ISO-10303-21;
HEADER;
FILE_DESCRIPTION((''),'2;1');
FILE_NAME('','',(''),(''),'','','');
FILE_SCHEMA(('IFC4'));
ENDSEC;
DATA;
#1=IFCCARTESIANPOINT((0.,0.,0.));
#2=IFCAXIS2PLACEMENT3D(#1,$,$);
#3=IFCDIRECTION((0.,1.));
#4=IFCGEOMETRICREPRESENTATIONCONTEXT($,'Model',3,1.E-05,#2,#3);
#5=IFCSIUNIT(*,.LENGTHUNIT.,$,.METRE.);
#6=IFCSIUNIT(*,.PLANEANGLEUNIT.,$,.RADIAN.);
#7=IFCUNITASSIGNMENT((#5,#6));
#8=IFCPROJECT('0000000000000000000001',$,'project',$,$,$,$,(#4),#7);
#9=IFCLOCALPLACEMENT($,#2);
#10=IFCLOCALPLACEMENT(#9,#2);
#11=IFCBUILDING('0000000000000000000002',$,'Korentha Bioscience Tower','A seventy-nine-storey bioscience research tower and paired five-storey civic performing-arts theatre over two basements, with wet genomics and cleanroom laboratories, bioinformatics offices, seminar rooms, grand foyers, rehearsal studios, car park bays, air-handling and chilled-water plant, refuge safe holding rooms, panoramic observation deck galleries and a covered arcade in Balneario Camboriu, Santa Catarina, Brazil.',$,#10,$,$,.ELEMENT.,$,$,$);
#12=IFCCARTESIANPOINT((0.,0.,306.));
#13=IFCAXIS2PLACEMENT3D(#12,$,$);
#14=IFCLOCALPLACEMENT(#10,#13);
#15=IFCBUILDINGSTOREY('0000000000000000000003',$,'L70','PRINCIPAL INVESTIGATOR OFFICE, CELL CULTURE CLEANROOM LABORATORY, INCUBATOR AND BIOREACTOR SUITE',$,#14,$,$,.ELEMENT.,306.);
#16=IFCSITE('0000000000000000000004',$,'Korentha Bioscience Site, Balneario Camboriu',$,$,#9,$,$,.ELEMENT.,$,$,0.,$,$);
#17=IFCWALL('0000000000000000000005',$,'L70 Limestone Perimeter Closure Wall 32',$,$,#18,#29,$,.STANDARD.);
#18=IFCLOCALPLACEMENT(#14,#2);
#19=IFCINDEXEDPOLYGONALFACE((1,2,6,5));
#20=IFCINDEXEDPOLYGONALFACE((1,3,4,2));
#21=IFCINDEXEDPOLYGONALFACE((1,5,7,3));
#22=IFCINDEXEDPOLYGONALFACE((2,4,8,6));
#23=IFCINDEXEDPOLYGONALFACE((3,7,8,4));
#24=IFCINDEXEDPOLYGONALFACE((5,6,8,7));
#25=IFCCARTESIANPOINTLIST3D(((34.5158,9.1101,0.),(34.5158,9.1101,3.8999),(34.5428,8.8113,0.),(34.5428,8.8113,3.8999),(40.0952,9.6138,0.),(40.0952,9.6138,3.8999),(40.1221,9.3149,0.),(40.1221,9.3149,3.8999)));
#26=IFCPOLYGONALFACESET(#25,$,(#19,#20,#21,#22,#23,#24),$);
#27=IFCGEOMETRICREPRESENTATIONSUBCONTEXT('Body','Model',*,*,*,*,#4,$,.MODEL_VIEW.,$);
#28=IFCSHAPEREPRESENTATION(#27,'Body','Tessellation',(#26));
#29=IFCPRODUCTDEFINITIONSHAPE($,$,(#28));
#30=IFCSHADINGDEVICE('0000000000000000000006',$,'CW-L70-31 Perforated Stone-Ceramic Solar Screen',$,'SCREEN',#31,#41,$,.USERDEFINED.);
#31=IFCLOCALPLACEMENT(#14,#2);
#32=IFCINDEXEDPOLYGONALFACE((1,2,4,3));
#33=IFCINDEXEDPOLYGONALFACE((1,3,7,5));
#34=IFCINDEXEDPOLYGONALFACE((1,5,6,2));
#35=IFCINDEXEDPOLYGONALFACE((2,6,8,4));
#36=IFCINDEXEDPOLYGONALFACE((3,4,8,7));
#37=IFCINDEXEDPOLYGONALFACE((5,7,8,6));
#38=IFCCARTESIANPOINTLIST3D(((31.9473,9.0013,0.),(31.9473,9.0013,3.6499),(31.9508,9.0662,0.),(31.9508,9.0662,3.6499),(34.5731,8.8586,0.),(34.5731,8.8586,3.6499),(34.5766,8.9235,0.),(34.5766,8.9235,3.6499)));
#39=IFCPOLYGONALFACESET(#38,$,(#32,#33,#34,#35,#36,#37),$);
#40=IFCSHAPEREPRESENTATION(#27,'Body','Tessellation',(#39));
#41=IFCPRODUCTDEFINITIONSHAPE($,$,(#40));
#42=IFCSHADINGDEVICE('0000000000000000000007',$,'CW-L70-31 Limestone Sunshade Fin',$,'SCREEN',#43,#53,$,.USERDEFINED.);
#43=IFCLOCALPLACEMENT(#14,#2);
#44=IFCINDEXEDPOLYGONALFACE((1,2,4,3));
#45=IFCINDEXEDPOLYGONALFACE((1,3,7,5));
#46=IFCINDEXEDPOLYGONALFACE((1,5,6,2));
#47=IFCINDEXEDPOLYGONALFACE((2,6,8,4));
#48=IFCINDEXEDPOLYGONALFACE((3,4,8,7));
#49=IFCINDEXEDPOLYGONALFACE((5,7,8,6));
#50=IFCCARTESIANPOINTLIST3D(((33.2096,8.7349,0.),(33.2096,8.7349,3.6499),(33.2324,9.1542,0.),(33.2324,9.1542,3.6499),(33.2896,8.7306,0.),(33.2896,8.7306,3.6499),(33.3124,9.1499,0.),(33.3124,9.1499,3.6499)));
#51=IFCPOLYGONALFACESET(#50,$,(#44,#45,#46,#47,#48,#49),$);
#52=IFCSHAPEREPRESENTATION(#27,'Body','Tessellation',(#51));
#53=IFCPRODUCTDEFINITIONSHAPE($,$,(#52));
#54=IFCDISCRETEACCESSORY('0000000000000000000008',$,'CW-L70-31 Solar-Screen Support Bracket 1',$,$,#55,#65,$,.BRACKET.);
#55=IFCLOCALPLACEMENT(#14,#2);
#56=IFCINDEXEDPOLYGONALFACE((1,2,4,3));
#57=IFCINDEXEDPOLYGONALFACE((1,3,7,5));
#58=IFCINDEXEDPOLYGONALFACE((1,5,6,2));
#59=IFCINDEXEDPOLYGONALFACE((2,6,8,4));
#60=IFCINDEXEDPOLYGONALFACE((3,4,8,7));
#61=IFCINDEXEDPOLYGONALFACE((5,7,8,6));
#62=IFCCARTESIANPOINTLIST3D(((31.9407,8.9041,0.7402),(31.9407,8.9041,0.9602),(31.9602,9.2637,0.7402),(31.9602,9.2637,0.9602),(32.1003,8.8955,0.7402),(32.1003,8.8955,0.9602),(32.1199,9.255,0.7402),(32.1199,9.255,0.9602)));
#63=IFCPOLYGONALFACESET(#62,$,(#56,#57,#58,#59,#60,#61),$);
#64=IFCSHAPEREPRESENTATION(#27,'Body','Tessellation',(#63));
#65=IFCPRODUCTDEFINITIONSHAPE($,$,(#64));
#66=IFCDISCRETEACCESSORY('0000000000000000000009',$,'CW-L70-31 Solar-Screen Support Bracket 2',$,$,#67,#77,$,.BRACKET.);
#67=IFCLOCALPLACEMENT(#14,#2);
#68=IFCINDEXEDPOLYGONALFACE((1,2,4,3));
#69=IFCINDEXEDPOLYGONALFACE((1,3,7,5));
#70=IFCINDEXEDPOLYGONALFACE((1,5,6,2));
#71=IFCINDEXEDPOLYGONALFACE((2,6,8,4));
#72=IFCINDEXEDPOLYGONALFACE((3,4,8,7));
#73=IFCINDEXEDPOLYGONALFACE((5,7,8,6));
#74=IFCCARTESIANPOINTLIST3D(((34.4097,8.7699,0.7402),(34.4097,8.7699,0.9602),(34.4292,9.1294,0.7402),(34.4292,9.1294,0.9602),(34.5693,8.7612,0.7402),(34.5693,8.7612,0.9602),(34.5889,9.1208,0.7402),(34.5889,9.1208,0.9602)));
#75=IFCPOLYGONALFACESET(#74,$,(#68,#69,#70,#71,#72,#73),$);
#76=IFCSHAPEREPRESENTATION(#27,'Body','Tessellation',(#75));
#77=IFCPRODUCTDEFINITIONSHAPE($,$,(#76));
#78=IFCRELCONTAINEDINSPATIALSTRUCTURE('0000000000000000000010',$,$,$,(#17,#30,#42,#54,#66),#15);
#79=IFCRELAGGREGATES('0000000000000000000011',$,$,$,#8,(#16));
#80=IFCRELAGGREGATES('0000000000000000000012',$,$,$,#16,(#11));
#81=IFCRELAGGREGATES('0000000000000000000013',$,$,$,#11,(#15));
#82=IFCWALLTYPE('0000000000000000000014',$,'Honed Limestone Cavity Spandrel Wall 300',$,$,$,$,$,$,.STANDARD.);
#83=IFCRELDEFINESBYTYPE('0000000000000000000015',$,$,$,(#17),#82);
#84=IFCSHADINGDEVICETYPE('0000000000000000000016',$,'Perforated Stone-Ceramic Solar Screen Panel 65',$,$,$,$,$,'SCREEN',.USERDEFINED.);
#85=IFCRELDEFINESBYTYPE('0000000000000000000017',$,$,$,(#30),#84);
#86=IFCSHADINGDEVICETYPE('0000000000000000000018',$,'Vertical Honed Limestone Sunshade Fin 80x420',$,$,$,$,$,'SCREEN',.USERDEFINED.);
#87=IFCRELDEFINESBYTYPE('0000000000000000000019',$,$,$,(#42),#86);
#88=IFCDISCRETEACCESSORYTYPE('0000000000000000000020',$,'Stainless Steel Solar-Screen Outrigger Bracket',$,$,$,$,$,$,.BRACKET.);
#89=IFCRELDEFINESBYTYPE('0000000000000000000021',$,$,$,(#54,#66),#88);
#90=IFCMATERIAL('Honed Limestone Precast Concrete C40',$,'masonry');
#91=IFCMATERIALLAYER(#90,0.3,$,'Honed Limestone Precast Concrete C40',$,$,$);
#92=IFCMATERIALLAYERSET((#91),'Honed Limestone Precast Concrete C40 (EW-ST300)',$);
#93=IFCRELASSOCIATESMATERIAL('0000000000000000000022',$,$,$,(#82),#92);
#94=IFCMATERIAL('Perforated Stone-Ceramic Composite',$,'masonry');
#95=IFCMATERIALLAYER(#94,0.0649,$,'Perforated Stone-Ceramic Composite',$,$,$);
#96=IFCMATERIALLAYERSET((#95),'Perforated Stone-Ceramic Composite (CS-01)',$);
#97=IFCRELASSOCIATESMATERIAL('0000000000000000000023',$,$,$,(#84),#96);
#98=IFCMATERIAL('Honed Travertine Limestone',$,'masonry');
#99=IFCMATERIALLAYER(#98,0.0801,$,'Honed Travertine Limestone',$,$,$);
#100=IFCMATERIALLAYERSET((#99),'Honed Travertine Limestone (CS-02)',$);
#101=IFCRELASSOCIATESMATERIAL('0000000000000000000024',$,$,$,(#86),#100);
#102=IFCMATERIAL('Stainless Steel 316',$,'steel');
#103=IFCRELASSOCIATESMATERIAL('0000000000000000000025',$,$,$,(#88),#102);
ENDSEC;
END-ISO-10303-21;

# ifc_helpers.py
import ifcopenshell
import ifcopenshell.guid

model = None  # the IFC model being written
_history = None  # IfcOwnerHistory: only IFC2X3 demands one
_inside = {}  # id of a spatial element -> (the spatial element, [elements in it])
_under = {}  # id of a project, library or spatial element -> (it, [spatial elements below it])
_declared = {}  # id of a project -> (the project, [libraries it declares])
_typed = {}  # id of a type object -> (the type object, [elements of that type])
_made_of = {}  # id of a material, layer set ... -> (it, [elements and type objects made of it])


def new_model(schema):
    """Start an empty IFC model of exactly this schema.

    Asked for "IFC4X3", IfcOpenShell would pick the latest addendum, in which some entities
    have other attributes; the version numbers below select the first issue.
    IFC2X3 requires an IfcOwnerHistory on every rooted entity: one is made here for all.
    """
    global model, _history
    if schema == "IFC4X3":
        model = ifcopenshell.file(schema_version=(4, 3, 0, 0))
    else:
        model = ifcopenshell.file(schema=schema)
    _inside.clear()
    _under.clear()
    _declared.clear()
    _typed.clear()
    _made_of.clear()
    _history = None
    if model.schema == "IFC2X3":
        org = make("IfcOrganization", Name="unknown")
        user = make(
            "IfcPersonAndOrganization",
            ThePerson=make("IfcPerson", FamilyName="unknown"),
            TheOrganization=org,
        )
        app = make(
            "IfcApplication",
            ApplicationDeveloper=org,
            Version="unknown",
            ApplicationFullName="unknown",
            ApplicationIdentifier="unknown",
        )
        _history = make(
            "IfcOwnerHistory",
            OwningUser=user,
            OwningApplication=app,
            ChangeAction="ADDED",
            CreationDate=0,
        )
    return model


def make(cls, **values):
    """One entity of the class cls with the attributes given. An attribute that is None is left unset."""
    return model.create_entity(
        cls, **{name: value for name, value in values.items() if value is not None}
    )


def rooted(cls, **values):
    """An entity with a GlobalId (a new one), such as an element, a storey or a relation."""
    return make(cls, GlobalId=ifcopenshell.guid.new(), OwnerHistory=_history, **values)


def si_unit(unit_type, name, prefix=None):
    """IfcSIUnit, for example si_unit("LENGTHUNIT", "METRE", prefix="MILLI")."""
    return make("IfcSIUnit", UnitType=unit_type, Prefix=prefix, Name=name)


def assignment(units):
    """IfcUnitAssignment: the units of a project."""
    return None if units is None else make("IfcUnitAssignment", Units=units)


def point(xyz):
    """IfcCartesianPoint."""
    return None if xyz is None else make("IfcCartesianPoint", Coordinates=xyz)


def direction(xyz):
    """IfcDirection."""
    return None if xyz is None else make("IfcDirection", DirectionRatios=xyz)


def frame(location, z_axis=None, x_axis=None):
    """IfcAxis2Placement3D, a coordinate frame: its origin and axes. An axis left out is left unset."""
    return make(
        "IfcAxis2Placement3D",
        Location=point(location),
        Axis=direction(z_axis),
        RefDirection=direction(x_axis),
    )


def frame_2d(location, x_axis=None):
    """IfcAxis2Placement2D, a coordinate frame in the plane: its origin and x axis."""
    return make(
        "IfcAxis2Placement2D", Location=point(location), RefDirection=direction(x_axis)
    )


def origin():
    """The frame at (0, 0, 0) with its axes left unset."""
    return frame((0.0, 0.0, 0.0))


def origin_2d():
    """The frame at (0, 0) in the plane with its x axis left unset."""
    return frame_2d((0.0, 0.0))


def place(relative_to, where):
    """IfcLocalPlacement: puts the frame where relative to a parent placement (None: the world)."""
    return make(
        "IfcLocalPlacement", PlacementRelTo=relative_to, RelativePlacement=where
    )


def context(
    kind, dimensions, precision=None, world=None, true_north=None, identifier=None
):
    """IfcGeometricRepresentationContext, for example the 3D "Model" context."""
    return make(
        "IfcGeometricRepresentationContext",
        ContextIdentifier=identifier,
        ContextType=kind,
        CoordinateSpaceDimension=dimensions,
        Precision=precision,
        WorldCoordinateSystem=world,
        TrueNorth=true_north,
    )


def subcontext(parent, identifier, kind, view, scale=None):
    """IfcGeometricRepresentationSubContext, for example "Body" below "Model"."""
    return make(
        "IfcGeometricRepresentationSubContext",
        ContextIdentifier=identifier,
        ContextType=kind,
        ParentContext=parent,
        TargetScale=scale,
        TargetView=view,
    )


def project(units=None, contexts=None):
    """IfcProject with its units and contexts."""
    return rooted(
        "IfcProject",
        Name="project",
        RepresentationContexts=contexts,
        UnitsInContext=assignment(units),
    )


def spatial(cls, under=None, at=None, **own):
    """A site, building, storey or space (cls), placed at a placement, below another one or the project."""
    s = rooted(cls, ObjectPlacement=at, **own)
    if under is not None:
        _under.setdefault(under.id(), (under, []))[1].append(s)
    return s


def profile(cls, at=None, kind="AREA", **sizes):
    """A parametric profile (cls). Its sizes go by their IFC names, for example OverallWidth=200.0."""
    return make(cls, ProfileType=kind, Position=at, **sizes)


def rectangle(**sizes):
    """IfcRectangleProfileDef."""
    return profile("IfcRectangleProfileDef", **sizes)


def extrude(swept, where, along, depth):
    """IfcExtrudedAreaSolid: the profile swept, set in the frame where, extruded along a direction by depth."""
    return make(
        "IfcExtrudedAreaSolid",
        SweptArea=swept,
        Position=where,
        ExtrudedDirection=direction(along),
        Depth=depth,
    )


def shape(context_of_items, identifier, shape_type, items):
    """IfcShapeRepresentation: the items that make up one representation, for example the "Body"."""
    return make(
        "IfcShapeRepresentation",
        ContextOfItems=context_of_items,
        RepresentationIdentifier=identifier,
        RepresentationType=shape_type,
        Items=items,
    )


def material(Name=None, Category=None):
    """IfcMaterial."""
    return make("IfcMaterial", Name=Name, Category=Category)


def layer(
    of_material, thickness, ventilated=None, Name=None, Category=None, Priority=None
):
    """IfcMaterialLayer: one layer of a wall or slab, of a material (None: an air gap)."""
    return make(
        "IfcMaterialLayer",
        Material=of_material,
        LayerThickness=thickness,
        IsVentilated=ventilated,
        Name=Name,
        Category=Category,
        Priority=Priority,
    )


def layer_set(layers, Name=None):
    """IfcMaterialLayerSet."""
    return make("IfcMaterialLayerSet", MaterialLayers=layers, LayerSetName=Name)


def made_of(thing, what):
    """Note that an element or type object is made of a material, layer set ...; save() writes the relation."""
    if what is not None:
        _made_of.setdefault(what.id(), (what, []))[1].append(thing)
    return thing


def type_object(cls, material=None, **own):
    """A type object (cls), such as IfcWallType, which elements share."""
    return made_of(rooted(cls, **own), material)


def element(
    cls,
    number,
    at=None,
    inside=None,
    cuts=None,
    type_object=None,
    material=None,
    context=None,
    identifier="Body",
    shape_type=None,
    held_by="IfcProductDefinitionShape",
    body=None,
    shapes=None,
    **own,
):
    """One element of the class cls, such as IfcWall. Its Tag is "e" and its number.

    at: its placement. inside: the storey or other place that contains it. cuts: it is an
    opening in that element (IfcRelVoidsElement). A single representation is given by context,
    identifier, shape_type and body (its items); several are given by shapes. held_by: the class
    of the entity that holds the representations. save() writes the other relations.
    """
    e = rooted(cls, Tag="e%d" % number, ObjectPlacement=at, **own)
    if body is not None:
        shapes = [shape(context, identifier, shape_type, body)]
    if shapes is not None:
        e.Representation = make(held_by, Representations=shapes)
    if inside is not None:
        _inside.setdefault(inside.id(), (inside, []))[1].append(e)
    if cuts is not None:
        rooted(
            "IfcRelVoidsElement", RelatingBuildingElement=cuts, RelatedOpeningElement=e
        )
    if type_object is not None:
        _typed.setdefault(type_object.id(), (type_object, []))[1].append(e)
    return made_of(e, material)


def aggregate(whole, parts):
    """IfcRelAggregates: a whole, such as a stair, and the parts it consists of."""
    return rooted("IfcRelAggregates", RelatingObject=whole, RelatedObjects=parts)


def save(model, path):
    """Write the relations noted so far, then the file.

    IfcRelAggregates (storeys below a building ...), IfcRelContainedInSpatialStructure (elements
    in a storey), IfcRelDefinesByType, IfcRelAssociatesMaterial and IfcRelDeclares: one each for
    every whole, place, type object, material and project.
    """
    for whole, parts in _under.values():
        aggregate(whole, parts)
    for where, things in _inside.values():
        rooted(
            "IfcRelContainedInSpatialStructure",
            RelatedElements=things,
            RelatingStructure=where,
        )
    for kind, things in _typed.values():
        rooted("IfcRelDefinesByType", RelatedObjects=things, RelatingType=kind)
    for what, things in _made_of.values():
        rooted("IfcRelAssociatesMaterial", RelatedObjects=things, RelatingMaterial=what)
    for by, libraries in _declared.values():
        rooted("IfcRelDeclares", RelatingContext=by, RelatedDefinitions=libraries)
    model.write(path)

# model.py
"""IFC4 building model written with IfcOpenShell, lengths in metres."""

from ifc_helpers import new_model, si_unit, direction, frame, frame_2d, origin, origin_2d, place, context, subcontext, project, spatial, rectangle, extrude, material, layer, layer_set, type_object, element, save


model = new_model("IFC4")

# Units and contexts
model_context = context("Model", 3, precision=1e-05, world=origin(), true_north=direction((0.0, 1.0)))
body_context = subcontext(model_context, "Body", "Model", "MODEL_VIEW")
ifc_project = project(units=[si_unit("LENGTHUNIT", "METRE"), si_unit("PLANEANGLEUNIT", "RADIAN")], contexts=[model_context])

# Site, building, storey
site_placement = place(None, origin())
site = spatial("IfcSite", under=ifc_project, at=site_placement, Name="Korentha Bioscience Site, Balneario Camboriu", CompositionType="ELEMENT", RefElevation=0.0)
building_placement = place(site_placement, origin())
building = spatial("IfcBuilding", under=site, at=building_placement, Name="Korentha Bioscience Tower", Description="A seventy-nine-storey bioscience research tower and paired five-storey civic performing-arts theatre over two basements, with wet genomics and cleanroom laboratories, bioinformatics offices, seminar rooms, grand foyers, rehearsal studios, car park bays, air-handling and chilled-water plant, refuge safe holding rooms, panoramic observation deck galleries and a covered arcade in Balneario Camboriu, Santa Catarina, Brazil.", CompositionType="ELEMENT")
storey_placement = place(building_placement, frame((0.0, 0.0, 306.0)))
storey = spatial("IfcBuildingStorey", under=building, at=storey_placement, Name="L70", Description="PRINCIPAL INVESTIGATOR OFFICE, CELL CULTURE CLEANROOM LABORATORY, INCUBATOR AND BIOREACTOR SUITE", CompositionType="ELEMENT", Elevation=306.0)

# Wall
ifc_material_1 = material(Name="Honed Limestone Precast Concrete C40", Category="masonry")
ifc_layer_1 = layer(ifc_material_1, 0.3, Name="Honed Limestone Precast Concrete C40")
ifc_layer_set_1 = layer_set([ifc_layer_1], Name="Honed Limestone Precast Concrete C40 (EW-ST300)")
wall_type_1 = type_object("IfcWallType", Name="Honed Limestone Cavity Spandrel Wall 300", PredefinedType="STANDARD", material=ifc_layer_set_1)
wall_1_placement = place(storey_placement, frame((34.5293, 8.9607, 0.0), z_axis=(0.0, 0.0, 1.0), x_axis=(0.99595, 0.089907, 0.0)))
element("IfcWall", 1, at=wall_1_placement, inside=storey, type_object=wall_type_1, Name="L70 Limestone Perimeter Closure Wall 32", PredefinedType="STANDARD", context=body_context, shape_type="SweptSolid", body=[
    extrude(rectangle(XDim=5.6021, YDim=0.3, at=frame_2d((2.801, 0.0))), origin(), (0.0, 0.0, 1.0), 3.8999),
])

# Shading devices
ifc_material_2 = material(Name="Perforated Stone-Ceramic Composite", Category="masonry")
ifc_layer_2 = layer(ifc_material_2, 0.0649, Name="Perforated Stone-Ceramic Composite")
ifc_layer_set_2 = layer_set([ifc_layer_2], Name="Perforated Stone-Ceramic Composite (CS-01)")
shading_device_type_1 = type_object("IfcShadingDeviceType", Name="Perforated Stone-Ceramic Solar Screen Panel 65", ElementType="SCREEN", PredefinedType="USERDEFINED", material=ifc_layer_set_2)
shading_device_1_placement = place(storey_placement, frame((33.262, 8.9624, 0.0), z_axis=(0.0, 0.0, 1.0), x_axis=(0.998526, -0.054275, 0.0)))
element("IfcShadingDevice", 2, at=shading_device_1_placement, inside=storey, type_object=shading_device_type_1, Name="CW-L70-31 Perforated Stone-Ceramic Solar Screen", ObjectType="SCREEN", PredefinedType="USERDEFINED", context=body_context, shape_type="SweptSolid", body=[
    extrude(rectangle(XDim=2.6296, YDim=0.0649, at=origin_2d()), origin(), (0.0, 0.0, 1.0), 3.6499),
])
ifc_material_3 = material(Name="Honed Travertine Limestone", Category="masonry")
ifc_layer_3 = layer(ifc_material_3, 0.0801, Name="Honed Travertine Limestone")
ifc_layer_set_3 = layer_set([ifc_layer_3], Name="Honed Travertine Limestone (CS-02)")
shading_device_type_2 = type_object("IfcShadingDeviceType", Name="Vertical Honed Limestone Sunshade Fin 80x420", ElementType="SCREEN", PredefinedType="USERDEFINED", material=ifc_layer_set_3)
shading_device_2_placement = place(storey_placement, frame((33.261, 8.9424, 0.0), z_axis=(0.0, 0.0, 1.0), x_axis=(0.998526, -0.054275, 0.0)))
element("IfcShadingDevice", 3, at=shading_device_2_placement, inside=storey, type_object=shading_device_type_2, Name="CW-L70-31 Limestone Sunshade Fin", ObjectType="SCREEN", PredefinedType="USERDEFINED", context=body_context, shape_type="SweptSolid", body=[
    extrude(rectangle(XDim=0.0801, YDim=0.4199, at=origin_2d()), origin(), (0.0, 0.0, 1.0), 3.6499),
])

# Discrete accessories
ifc_material_4 = material(Name="Stainless Steel 316", Category="steel")
discrete_accessory_type = type_object("IfcDiscreteAccessoryType", Name="Stainless Steel Solar-Screen Outrigger Bracket", PredefinedType="BRACKET", material=ifc_material_4)
for number, where, z_axis, x_axis, name in (
    (4, (32.0303, 9.0796, 0.7402), (0.0, 0.0, 1.0), (0.998526, -0.054275, 0.0), "CW-L70-31 Solar-Screen Support Bracket 1"),
    (5, (34.4993, 8.9453, 0.7402), (0.0, 0.0, 1.0), (0.998526, -0.054275, 0.0), "CW-L70-31 Solar-Screen Support Bracket 2"),
):
    element("IfcDiscreteAccessory", number, at=place(storey_placement, frame(where, z_axis=z_axis, x_axis=x_axis)), inside=storey, type_object=discrete_accessory_type, Name=name, PredefinedType="BRACKET", context=body_context, shape_type="SweptSolid", body=[
        extrude(rectangle(XDim=0.1599, YDim=0.3601, at=origin_2d()), origin(), (0.0, 0.0, 1.0), 0.22),
    ])

save(model, "model.ifc")
